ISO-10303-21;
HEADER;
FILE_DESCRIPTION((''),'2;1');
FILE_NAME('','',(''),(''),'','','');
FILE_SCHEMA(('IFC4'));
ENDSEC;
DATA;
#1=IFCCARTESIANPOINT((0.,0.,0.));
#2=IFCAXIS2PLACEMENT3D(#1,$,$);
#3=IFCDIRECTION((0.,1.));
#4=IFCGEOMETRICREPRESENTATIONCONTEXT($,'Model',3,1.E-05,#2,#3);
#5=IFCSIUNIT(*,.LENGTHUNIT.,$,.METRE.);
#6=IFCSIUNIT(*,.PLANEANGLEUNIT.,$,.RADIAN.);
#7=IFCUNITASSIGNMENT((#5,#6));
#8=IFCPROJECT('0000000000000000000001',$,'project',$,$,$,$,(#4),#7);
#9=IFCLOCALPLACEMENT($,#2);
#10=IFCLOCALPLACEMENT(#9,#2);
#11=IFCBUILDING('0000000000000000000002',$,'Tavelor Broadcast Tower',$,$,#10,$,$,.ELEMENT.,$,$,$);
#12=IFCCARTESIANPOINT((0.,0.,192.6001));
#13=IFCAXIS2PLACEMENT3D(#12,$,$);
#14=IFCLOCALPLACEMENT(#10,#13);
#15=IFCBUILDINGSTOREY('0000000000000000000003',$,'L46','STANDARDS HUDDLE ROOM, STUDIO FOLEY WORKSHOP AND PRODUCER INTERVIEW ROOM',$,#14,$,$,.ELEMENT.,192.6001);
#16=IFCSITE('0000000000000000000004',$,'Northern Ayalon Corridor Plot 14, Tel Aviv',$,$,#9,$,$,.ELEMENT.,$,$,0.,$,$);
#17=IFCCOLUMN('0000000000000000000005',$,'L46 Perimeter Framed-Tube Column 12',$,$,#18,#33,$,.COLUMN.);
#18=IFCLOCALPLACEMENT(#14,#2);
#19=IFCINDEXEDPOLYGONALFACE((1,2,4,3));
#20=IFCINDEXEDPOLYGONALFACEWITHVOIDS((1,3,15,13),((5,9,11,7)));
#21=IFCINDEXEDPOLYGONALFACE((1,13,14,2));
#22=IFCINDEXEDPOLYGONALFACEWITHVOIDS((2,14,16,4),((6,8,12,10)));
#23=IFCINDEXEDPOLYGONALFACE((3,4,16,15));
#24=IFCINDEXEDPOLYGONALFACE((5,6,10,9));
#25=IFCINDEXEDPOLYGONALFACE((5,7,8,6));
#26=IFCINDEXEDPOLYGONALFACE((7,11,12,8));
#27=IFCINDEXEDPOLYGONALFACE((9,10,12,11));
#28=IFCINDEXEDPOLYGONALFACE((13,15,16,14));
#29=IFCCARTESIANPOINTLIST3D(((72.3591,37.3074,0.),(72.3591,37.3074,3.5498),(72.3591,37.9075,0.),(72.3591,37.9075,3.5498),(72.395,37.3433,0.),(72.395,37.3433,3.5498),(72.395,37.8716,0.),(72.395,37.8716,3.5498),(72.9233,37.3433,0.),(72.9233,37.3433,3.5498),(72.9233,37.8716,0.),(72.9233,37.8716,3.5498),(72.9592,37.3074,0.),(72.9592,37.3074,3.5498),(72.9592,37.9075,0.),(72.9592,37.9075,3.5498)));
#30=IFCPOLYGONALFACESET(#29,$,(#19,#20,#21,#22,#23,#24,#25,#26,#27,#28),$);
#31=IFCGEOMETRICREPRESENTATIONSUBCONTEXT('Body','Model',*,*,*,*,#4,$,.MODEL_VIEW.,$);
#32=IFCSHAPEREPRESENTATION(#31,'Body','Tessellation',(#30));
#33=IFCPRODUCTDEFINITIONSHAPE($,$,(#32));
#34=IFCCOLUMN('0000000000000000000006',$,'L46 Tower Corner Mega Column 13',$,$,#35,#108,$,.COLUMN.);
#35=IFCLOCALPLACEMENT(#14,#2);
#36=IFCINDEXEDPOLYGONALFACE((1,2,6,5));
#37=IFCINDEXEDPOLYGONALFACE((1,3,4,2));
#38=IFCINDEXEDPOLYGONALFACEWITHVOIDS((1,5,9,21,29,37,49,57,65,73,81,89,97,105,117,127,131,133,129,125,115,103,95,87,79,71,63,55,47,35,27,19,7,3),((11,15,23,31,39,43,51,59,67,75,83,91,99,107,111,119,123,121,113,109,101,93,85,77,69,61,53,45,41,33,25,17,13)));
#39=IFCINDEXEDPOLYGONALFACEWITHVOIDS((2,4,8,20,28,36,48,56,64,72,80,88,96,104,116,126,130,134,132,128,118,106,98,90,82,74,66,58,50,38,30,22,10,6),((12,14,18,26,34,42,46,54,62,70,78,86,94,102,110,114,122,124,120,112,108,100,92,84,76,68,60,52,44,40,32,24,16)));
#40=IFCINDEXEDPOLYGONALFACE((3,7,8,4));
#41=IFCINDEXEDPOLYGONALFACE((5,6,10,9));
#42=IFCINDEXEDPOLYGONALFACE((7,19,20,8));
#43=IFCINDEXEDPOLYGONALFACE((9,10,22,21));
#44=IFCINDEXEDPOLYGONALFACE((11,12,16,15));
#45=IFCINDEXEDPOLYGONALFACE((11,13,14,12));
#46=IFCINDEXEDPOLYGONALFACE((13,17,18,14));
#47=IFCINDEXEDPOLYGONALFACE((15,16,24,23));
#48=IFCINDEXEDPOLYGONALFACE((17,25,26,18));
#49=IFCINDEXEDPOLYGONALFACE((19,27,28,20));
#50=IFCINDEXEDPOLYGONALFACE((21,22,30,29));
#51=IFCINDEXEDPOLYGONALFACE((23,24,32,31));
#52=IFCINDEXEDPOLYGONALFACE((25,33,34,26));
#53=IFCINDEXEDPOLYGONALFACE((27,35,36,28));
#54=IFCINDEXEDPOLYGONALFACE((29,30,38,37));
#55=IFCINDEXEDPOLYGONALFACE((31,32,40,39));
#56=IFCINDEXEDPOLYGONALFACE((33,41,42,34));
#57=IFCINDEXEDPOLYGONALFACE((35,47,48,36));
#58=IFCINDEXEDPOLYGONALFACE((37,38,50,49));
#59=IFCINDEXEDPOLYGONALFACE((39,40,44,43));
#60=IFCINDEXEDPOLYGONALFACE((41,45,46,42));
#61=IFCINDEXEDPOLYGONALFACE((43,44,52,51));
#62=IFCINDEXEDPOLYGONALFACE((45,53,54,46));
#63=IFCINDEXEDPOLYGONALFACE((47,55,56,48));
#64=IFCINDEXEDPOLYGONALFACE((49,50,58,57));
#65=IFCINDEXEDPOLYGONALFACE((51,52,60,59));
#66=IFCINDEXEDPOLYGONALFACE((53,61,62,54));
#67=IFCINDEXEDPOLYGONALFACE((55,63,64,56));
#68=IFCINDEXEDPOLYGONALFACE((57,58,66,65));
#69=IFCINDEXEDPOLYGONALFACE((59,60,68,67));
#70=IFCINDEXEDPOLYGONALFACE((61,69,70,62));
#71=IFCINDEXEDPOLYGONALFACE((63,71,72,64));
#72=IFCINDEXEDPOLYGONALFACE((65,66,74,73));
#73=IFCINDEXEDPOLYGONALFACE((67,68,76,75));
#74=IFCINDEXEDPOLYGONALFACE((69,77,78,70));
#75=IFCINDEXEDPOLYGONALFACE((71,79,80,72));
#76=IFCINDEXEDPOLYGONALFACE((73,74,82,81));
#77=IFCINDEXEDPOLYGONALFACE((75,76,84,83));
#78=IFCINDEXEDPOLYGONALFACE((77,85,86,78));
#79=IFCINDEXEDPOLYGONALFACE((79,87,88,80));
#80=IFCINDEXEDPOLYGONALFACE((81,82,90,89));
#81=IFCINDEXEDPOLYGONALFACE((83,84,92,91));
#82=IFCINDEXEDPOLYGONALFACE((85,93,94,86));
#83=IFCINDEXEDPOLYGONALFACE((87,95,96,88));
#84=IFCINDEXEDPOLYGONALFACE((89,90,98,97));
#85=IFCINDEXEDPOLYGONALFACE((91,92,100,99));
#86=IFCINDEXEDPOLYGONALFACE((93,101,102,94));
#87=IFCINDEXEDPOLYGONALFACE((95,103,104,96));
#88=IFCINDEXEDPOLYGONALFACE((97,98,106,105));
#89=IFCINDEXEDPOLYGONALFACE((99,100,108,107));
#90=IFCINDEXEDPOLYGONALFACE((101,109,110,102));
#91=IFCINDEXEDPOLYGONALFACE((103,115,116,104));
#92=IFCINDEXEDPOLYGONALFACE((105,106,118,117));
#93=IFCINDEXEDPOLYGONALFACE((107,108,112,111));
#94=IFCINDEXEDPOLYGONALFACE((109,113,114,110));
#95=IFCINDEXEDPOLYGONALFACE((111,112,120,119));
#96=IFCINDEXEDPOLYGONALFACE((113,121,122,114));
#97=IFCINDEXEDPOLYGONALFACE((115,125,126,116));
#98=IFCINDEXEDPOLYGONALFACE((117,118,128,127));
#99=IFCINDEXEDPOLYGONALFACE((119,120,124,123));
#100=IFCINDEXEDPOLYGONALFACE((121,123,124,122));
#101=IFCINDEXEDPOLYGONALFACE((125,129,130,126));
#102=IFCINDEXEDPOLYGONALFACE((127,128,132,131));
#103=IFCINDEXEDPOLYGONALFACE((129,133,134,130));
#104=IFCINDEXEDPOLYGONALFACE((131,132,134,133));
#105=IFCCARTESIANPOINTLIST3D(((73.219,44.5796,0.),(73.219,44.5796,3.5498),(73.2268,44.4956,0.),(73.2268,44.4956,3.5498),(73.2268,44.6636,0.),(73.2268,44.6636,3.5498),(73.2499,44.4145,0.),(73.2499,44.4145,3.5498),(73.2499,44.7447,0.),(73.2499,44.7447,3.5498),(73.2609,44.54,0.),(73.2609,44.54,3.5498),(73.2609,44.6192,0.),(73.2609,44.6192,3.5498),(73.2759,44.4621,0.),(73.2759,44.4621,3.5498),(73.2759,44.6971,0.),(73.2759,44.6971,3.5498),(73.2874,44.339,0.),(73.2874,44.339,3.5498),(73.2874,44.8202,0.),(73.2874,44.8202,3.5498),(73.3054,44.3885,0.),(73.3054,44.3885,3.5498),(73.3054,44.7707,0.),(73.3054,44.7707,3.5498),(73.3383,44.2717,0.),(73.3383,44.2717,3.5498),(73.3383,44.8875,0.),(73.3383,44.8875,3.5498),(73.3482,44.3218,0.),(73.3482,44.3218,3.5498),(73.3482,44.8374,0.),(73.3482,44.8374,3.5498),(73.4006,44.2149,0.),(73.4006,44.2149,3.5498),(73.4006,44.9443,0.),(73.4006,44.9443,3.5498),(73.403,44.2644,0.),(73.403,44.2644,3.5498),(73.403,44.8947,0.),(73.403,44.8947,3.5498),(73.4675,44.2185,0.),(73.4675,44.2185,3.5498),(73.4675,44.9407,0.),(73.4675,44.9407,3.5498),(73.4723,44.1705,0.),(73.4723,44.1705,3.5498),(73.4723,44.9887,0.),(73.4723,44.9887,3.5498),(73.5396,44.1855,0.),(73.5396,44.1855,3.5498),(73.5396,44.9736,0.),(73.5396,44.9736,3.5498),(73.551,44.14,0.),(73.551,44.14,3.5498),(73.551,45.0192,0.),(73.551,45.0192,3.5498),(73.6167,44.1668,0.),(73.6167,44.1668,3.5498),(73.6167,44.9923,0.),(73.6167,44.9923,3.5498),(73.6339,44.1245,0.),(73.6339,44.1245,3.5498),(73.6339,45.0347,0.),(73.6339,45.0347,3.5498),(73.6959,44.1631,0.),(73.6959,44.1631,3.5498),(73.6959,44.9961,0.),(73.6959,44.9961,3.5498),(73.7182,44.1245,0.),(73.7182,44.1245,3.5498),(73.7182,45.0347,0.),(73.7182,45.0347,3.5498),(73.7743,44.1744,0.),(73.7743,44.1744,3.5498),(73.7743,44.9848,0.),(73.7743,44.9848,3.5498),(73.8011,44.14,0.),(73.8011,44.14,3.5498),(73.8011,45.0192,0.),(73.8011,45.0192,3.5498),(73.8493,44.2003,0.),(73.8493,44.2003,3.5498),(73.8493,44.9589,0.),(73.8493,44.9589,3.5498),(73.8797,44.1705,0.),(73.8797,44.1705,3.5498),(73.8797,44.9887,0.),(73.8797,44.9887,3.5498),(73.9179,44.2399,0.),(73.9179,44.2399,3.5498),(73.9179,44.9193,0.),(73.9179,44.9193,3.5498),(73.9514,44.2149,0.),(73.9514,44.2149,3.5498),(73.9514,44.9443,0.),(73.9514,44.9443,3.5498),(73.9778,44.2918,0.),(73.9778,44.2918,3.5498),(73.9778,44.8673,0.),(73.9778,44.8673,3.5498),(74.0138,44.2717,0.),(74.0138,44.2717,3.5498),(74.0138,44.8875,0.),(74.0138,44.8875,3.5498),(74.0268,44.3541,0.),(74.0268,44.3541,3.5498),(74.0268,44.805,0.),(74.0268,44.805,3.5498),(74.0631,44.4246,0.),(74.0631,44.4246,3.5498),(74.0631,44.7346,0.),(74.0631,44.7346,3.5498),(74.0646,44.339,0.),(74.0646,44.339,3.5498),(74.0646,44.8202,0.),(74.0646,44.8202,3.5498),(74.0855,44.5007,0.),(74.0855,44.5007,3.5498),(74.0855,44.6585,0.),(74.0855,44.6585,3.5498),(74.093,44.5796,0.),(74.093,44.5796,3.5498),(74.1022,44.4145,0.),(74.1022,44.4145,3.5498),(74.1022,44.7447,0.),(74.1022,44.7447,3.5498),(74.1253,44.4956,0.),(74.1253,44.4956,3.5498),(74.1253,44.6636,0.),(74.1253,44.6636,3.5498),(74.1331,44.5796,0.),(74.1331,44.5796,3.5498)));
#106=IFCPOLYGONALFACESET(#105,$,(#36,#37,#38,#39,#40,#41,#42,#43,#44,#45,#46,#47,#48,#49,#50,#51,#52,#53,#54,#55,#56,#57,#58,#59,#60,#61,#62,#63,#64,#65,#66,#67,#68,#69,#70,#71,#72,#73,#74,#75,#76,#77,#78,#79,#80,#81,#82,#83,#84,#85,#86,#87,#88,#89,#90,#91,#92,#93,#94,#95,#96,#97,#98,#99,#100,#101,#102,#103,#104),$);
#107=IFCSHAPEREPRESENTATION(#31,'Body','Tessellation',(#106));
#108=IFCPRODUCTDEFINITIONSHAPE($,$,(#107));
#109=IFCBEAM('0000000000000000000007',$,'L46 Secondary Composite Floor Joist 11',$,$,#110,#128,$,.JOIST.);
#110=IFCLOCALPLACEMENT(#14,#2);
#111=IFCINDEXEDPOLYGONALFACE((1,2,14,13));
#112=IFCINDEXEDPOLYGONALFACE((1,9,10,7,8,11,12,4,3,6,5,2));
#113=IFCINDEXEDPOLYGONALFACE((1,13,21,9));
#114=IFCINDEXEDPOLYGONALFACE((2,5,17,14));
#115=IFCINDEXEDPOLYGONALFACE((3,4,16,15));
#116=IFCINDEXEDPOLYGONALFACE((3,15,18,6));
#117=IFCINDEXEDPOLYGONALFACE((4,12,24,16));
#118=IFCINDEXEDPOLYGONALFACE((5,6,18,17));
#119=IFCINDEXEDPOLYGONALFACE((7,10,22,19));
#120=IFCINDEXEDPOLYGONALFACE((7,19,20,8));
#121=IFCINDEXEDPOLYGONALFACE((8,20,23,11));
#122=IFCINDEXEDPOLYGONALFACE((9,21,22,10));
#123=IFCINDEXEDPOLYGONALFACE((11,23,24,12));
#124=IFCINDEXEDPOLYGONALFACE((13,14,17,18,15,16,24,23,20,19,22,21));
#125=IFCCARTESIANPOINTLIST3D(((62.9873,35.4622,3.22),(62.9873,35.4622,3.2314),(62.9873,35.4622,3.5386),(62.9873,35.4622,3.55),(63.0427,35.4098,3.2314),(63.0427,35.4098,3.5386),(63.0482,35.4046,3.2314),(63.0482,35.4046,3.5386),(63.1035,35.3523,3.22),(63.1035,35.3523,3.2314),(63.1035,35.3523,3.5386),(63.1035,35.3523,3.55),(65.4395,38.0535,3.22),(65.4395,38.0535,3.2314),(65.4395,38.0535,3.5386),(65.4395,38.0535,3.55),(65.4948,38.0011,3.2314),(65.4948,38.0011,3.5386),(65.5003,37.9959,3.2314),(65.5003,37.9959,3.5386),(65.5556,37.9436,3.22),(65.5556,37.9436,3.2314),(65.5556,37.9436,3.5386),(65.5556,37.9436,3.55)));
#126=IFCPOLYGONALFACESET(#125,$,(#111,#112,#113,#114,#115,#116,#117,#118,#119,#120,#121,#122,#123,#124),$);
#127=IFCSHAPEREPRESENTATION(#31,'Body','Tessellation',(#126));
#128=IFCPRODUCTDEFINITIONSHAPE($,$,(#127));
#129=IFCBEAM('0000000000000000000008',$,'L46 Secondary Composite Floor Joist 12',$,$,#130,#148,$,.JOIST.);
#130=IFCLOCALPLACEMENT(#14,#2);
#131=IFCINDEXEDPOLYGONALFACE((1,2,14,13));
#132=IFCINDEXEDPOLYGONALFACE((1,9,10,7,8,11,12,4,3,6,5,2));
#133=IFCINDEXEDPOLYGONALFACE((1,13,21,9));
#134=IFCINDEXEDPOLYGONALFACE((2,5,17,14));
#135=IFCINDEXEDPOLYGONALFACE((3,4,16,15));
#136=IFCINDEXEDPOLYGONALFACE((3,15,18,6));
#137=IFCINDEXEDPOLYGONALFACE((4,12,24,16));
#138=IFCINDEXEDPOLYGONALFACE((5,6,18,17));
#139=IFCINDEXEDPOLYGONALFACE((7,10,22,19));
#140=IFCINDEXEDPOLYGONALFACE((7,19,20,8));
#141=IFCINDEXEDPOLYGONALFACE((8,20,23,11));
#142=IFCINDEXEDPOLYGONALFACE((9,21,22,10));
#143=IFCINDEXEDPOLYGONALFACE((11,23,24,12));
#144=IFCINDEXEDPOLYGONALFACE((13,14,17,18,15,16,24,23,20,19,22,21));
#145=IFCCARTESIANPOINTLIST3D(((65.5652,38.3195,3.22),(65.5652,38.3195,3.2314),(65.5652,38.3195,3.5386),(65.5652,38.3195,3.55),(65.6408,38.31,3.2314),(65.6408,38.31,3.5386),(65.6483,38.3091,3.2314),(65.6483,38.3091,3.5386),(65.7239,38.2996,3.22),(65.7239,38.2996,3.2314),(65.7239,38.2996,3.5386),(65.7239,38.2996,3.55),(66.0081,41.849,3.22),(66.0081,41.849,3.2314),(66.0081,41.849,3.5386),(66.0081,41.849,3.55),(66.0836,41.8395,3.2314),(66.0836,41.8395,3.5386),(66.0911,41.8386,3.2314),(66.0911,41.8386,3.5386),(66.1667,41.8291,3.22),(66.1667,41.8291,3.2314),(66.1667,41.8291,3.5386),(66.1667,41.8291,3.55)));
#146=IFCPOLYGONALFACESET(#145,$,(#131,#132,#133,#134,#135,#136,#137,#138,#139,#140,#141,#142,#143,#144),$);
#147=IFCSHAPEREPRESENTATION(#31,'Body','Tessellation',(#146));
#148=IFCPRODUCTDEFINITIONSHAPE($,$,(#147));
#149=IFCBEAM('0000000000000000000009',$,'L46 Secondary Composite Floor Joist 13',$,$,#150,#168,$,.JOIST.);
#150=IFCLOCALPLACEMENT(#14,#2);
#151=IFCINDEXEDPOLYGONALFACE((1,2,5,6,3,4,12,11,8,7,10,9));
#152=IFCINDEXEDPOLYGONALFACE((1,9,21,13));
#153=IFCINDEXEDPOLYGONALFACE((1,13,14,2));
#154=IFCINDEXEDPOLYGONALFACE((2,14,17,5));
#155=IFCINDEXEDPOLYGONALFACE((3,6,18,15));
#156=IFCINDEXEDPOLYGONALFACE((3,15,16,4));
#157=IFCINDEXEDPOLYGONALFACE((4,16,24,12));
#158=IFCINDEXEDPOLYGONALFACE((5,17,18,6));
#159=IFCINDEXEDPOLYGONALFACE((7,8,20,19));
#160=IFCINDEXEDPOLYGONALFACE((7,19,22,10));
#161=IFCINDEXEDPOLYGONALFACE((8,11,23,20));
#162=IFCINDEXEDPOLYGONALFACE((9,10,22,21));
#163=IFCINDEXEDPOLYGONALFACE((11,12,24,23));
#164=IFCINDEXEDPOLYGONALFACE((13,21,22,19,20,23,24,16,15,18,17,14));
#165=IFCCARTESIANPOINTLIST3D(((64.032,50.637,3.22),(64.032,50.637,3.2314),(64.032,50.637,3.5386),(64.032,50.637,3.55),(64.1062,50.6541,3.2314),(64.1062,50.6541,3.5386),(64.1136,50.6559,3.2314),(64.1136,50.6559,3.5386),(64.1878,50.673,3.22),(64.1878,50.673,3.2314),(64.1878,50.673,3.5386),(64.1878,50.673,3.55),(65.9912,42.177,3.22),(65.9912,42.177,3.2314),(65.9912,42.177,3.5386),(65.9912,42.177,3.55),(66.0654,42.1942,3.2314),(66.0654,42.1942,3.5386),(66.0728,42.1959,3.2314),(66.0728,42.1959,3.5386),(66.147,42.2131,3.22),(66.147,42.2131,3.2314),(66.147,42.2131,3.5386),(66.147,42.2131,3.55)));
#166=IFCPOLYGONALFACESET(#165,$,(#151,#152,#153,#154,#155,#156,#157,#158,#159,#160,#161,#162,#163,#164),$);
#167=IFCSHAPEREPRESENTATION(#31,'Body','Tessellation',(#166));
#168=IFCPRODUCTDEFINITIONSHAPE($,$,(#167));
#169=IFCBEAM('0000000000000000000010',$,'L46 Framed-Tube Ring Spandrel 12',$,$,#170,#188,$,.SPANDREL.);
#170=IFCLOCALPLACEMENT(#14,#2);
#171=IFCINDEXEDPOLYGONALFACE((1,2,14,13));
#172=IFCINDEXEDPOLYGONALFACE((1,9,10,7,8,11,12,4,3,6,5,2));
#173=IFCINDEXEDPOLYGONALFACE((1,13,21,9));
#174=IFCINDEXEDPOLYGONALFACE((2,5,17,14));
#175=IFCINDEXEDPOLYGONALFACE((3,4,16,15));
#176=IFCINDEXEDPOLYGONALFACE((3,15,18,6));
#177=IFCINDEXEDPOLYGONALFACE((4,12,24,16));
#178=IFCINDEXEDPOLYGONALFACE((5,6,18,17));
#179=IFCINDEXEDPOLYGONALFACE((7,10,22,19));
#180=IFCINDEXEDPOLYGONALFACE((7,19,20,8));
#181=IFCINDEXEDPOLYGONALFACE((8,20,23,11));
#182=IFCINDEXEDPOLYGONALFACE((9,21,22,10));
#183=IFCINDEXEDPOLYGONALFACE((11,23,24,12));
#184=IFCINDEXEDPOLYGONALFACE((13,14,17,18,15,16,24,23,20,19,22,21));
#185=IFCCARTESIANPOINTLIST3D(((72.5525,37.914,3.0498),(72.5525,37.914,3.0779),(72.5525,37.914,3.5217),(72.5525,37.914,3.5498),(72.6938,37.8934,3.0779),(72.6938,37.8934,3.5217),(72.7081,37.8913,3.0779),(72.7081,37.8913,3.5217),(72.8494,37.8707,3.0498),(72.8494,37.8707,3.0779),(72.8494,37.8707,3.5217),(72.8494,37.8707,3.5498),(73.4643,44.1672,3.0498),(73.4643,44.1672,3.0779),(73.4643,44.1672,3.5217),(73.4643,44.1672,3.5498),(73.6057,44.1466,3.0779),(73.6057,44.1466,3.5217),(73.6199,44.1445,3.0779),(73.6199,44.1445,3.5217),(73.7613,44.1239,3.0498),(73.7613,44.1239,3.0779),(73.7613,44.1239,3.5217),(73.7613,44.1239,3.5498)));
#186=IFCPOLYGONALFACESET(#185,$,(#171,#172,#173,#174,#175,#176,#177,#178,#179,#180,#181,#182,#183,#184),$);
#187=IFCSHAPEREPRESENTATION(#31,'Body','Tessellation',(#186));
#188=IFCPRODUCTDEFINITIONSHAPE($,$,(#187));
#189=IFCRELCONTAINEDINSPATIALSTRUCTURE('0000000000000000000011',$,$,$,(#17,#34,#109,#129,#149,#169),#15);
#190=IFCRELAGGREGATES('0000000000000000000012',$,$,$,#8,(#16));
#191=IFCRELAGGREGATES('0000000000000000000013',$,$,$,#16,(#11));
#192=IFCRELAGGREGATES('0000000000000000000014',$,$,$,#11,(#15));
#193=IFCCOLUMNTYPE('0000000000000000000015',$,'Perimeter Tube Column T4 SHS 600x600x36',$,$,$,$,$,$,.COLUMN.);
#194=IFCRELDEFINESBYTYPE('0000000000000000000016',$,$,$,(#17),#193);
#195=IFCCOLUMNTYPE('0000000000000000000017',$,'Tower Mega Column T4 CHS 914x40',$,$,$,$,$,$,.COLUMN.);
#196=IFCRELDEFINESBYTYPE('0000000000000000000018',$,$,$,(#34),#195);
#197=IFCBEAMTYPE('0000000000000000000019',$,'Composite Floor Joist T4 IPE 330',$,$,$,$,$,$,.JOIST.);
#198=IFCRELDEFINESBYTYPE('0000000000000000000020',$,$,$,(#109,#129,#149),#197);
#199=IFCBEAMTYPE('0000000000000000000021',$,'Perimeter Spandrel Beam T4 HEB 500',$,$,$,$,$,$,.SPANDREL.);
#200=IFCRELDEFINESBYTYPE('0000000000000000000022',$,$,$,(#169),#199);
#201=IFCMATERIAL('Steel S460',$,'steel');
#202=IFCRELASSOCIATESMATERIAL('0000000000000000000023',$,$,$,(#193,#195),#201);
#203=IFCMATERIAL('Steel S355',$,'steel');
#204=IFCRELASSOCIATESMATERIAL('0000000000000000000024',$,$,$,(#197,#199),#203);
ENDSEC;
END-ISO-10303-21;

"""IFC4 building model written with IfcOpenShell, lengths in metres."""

from ifc_helpers import new_model, si_unit, direction, frame, origin, origin_2d, place, context, subcontext, project, spatial, hollow_rectangle, hollow_circle, i_section, extrude, material, material_profile, profile_set, type_object, element, save


model = new_model("IFC4")

# Units and contexts
model_context = context("Model", 3, precision=1e-05, world=origin(), true_north=direction((0.0, 1.0)))
body_context = subcontext(model_context, "Body", "Model", "MODEL_VIEW")
ifc_project = project(units=[si_unit("LENGTHUNIT", "METRE"), si_unit("PLANEANGLEUNIT", "RADIAN")], contexts=[model_context])

# Site, building, storey
site_placement = place(None, origin())
site = spatial("IfcSite", under=ifc_project, at=site_placement, Name="Northern Ayalon Corridor Plot 14, Tel Aviv", CompositionType="ELEMENT", RefElevation=0.0)
building_placement = place(site_placement, origin())
building = spatial("IfcBuilding", under=site, at=building_placement, Name="Tavelor Broadcast Tower", CompositionType="ELEMENT")
storey_placement = place(building_placement, frame((0.0, 0.0, 192.6001)))
storey = spatial("IfcBuildingStorey", under=building, at=storey_placement, Name="L46", Description="STANDARDS HUDDLE ROOM, STUDIO FOLEY WORKSHOP AND PRODUCER INTERVIEW ROOM", CompositionType="ELEMENT", Elevation=192.6001)

# Columns
ifc_material_1 = material(Name="Steel S460", Category="steel")
ifc_material_profile_1 = material_profile(ifc_material_1, hollow_rectangle(XDim=0.6001, YDim=0.6001, WallThickness=0.0359, at=origin_2d()), Name="SHS 600x600x36")
ifc_profile_set_1 = profile_set([ifc_material_profile_1], Name="Steel S460")
column_type_1 = type_object("IfcColumnType", Name="Perimeter Tube Column T4 SHS 600x600x36", PredefinedType="COLUMN", material=ifc_profile_set_1)
column_1_placement = place(storey_placement, frame((72.6592, 37.6074, 0.0), z_axis=(0.0, 0.0, 1.0), x_axis=(1.0, 0.0, 0.0)))
element("IfcColumn", 1, at=column_1_placement, inside=storey, type_object=column_type_1, Name="L46 Perimeter Framed-Tube Column 12", PredefinedType="COLUMN", context=body_context, shape_type="SweptSolid", body=[
    extrude(hollow_rectangle(XDim=0.6001, YDim=0.6001, WallThickness=0.0359, at=origin_2d()), origin(), (0.0, 0.0, 1.0), 3.5498),
])
ifc_material_profile_2 = material_profile(ifc_material_1, hollow_circle(Radius=0.457, WallThickness=0.04, at=origin_2d()), Name="CHS 914x40")
ifc_profile_set_2 = profile_set([ifc_material_profile_2], Name="Steel S460")
column_type_2 = type_object("IfcColumnType", Name="Tower Mega Column T4 CHS 914x40", PredefinedType="COLUMN", material=ifc_profile_set_2)
column_2_placement = place(storey_placement, frame((73.676, 44.5796, 0.0), z_axis=(0.0, 0.0, 1.0), x_axis=(1.0, 0.0, 0.0)))
element("IfcColumn", 2, at=column_2_placement, inside=storey, type_object=column_type_2, Name="L46 Tower Corner Mega Column 13", PredefinedType="COLUMN", context=body_context, shape_type="SweptSolid", body=[
    extrude(hollow_circle(Radius=0.457, WallThickness=0.04, at=origin_2d()), origin(), (0.0, 0.0, 1.0), 3.5498),
])

# Beams
ifc_material_2 = material(Name="Steel S355", Category="steel")
ifc_material_profile_3 = material_profile(ifc_material_2, i_section(OverallWidth=0.1599, OverallDepth=0.3301, WebThickness=0.0076, FlangeThickness=0.0115, at=origin_2d()), Name="IPE 330")
ifc_profile_set_3 = profile_set([ifc_material_profile_3], Name="Steel S355")
beam_type_1 = type_object("IfcBeamType", Name="Composite Floor Joist T4 IPE 330", PredefinedType="JOIST", material=ifc_profile_set_3)
beam_1_placement = place(storey_placement, frame((63.0454, 35.4072, 3.385), z_axis=(0.687335, 0.726341, 0.0), x_axis=(-0.726341, 0.687335, 0.0)))
element("IfcBeam", 3, at=beam_1_placement, inside=storey, type_object=beam_type_1, Name="L46 Secondary Composite Floor Joist 11", PredefinedType="JOIST", context=body_context, shape_type="SweptSolid", body=[
    extrude(i_section(OverallWidth=0.1599, OverallDepth=0.3301, WebThickness=0.0076, FlangeThickness=0.0115, at=origin_2d()), origin(), (0.0, 0.0, 1.0), 3.5676),
])
beam_2_placement = place(storey_placement, frame((65.6445, 38.3096, 3.385), z_axis=(0.124499, 0.99222, 0.0), x_axis=(-0.99222, 0.124499, 0.0)))
element("IfcBeam", 4, at=beam_2_placement, inside=storey, type_object=beam_type_1, Name="L46 Secondary Composite Floor Joist 12", PredefinedType="JOIST", context=body_context, shape_type="SweptSolid", body=[
    extrude(i_section(OverallWidth=0.1599, OverallDepth=0.3301, WebThickness=0.0076, FlangeThickness=0.0115, at=origin_2d()), origin(), (0.0, 0.0, 1.0), 3.5571),
])
beam_3_placement = place(storey_placement, frame((66.0691, 42.1951, 3.385), z_axis=(-0.225617, 0.974216, 0.0), x_axis=(-0.974216, -0.225617, 0.0)))
element("IfcBeam", 5, at=beam_3_placement, inside=storey, type_object=beam_type_1, Name="L46 Secondary Composite Floor Joist 13", PredefinedType="JOIST", context=body_context, shape_type="SweptSolid", body=[
    extrude(i_section(OverallWidth=0.1599, OverallDepth=0.3301, WebThickness=0.0076, FlangeThickness=0.0115, at=origin_2d()), origin(), (0.0, 0.0, 1.0), 8.6838),
])
ifc_material_profile_4 = material_profile(ifc_material_2, i_section(OverallWidth=0.3, OverallDepth=0.5, WebThickness=0.0144, FlangeThickness=0.0281, at=origin_2d()), Name="HEB 500")
ifc_profile_set_4 = profile_set([ifc_material_profile_4], Name="Steel S355")
beam_type_2 = type_object("IfcBeamType", Name="Perimeter Spandrel Beam T4 HEB 500", PredefinedType="SPANDREL", material=ifc_profile_set_4)
beam_4_placement = place(storey_placement, frame((72.7009, 37.8923, 3.2998), z_axis=(0.144298, 0.989534, 0.0), x_axis=(-0.989534, 0.144298, 0.0)))
element("IfcBeam", 6, at=beam_4_placement, inside=storey, type_object=beam_type_2, Name="L46 Framed-Tube Ring Spandrel 12", PredefinedType="SPANDREL", context=body_context, shape_type="SweptSolid", body=[
    extrude(i_section(OverallWidth=0.3, OverallDepth=0.5, WebThickness=0.0144, FlangeThickness=0.0281, at=origin_2d()), origin(), (0.0, 0.0, 1.0), 6.3193),
])

save(model, "model.ifc")
